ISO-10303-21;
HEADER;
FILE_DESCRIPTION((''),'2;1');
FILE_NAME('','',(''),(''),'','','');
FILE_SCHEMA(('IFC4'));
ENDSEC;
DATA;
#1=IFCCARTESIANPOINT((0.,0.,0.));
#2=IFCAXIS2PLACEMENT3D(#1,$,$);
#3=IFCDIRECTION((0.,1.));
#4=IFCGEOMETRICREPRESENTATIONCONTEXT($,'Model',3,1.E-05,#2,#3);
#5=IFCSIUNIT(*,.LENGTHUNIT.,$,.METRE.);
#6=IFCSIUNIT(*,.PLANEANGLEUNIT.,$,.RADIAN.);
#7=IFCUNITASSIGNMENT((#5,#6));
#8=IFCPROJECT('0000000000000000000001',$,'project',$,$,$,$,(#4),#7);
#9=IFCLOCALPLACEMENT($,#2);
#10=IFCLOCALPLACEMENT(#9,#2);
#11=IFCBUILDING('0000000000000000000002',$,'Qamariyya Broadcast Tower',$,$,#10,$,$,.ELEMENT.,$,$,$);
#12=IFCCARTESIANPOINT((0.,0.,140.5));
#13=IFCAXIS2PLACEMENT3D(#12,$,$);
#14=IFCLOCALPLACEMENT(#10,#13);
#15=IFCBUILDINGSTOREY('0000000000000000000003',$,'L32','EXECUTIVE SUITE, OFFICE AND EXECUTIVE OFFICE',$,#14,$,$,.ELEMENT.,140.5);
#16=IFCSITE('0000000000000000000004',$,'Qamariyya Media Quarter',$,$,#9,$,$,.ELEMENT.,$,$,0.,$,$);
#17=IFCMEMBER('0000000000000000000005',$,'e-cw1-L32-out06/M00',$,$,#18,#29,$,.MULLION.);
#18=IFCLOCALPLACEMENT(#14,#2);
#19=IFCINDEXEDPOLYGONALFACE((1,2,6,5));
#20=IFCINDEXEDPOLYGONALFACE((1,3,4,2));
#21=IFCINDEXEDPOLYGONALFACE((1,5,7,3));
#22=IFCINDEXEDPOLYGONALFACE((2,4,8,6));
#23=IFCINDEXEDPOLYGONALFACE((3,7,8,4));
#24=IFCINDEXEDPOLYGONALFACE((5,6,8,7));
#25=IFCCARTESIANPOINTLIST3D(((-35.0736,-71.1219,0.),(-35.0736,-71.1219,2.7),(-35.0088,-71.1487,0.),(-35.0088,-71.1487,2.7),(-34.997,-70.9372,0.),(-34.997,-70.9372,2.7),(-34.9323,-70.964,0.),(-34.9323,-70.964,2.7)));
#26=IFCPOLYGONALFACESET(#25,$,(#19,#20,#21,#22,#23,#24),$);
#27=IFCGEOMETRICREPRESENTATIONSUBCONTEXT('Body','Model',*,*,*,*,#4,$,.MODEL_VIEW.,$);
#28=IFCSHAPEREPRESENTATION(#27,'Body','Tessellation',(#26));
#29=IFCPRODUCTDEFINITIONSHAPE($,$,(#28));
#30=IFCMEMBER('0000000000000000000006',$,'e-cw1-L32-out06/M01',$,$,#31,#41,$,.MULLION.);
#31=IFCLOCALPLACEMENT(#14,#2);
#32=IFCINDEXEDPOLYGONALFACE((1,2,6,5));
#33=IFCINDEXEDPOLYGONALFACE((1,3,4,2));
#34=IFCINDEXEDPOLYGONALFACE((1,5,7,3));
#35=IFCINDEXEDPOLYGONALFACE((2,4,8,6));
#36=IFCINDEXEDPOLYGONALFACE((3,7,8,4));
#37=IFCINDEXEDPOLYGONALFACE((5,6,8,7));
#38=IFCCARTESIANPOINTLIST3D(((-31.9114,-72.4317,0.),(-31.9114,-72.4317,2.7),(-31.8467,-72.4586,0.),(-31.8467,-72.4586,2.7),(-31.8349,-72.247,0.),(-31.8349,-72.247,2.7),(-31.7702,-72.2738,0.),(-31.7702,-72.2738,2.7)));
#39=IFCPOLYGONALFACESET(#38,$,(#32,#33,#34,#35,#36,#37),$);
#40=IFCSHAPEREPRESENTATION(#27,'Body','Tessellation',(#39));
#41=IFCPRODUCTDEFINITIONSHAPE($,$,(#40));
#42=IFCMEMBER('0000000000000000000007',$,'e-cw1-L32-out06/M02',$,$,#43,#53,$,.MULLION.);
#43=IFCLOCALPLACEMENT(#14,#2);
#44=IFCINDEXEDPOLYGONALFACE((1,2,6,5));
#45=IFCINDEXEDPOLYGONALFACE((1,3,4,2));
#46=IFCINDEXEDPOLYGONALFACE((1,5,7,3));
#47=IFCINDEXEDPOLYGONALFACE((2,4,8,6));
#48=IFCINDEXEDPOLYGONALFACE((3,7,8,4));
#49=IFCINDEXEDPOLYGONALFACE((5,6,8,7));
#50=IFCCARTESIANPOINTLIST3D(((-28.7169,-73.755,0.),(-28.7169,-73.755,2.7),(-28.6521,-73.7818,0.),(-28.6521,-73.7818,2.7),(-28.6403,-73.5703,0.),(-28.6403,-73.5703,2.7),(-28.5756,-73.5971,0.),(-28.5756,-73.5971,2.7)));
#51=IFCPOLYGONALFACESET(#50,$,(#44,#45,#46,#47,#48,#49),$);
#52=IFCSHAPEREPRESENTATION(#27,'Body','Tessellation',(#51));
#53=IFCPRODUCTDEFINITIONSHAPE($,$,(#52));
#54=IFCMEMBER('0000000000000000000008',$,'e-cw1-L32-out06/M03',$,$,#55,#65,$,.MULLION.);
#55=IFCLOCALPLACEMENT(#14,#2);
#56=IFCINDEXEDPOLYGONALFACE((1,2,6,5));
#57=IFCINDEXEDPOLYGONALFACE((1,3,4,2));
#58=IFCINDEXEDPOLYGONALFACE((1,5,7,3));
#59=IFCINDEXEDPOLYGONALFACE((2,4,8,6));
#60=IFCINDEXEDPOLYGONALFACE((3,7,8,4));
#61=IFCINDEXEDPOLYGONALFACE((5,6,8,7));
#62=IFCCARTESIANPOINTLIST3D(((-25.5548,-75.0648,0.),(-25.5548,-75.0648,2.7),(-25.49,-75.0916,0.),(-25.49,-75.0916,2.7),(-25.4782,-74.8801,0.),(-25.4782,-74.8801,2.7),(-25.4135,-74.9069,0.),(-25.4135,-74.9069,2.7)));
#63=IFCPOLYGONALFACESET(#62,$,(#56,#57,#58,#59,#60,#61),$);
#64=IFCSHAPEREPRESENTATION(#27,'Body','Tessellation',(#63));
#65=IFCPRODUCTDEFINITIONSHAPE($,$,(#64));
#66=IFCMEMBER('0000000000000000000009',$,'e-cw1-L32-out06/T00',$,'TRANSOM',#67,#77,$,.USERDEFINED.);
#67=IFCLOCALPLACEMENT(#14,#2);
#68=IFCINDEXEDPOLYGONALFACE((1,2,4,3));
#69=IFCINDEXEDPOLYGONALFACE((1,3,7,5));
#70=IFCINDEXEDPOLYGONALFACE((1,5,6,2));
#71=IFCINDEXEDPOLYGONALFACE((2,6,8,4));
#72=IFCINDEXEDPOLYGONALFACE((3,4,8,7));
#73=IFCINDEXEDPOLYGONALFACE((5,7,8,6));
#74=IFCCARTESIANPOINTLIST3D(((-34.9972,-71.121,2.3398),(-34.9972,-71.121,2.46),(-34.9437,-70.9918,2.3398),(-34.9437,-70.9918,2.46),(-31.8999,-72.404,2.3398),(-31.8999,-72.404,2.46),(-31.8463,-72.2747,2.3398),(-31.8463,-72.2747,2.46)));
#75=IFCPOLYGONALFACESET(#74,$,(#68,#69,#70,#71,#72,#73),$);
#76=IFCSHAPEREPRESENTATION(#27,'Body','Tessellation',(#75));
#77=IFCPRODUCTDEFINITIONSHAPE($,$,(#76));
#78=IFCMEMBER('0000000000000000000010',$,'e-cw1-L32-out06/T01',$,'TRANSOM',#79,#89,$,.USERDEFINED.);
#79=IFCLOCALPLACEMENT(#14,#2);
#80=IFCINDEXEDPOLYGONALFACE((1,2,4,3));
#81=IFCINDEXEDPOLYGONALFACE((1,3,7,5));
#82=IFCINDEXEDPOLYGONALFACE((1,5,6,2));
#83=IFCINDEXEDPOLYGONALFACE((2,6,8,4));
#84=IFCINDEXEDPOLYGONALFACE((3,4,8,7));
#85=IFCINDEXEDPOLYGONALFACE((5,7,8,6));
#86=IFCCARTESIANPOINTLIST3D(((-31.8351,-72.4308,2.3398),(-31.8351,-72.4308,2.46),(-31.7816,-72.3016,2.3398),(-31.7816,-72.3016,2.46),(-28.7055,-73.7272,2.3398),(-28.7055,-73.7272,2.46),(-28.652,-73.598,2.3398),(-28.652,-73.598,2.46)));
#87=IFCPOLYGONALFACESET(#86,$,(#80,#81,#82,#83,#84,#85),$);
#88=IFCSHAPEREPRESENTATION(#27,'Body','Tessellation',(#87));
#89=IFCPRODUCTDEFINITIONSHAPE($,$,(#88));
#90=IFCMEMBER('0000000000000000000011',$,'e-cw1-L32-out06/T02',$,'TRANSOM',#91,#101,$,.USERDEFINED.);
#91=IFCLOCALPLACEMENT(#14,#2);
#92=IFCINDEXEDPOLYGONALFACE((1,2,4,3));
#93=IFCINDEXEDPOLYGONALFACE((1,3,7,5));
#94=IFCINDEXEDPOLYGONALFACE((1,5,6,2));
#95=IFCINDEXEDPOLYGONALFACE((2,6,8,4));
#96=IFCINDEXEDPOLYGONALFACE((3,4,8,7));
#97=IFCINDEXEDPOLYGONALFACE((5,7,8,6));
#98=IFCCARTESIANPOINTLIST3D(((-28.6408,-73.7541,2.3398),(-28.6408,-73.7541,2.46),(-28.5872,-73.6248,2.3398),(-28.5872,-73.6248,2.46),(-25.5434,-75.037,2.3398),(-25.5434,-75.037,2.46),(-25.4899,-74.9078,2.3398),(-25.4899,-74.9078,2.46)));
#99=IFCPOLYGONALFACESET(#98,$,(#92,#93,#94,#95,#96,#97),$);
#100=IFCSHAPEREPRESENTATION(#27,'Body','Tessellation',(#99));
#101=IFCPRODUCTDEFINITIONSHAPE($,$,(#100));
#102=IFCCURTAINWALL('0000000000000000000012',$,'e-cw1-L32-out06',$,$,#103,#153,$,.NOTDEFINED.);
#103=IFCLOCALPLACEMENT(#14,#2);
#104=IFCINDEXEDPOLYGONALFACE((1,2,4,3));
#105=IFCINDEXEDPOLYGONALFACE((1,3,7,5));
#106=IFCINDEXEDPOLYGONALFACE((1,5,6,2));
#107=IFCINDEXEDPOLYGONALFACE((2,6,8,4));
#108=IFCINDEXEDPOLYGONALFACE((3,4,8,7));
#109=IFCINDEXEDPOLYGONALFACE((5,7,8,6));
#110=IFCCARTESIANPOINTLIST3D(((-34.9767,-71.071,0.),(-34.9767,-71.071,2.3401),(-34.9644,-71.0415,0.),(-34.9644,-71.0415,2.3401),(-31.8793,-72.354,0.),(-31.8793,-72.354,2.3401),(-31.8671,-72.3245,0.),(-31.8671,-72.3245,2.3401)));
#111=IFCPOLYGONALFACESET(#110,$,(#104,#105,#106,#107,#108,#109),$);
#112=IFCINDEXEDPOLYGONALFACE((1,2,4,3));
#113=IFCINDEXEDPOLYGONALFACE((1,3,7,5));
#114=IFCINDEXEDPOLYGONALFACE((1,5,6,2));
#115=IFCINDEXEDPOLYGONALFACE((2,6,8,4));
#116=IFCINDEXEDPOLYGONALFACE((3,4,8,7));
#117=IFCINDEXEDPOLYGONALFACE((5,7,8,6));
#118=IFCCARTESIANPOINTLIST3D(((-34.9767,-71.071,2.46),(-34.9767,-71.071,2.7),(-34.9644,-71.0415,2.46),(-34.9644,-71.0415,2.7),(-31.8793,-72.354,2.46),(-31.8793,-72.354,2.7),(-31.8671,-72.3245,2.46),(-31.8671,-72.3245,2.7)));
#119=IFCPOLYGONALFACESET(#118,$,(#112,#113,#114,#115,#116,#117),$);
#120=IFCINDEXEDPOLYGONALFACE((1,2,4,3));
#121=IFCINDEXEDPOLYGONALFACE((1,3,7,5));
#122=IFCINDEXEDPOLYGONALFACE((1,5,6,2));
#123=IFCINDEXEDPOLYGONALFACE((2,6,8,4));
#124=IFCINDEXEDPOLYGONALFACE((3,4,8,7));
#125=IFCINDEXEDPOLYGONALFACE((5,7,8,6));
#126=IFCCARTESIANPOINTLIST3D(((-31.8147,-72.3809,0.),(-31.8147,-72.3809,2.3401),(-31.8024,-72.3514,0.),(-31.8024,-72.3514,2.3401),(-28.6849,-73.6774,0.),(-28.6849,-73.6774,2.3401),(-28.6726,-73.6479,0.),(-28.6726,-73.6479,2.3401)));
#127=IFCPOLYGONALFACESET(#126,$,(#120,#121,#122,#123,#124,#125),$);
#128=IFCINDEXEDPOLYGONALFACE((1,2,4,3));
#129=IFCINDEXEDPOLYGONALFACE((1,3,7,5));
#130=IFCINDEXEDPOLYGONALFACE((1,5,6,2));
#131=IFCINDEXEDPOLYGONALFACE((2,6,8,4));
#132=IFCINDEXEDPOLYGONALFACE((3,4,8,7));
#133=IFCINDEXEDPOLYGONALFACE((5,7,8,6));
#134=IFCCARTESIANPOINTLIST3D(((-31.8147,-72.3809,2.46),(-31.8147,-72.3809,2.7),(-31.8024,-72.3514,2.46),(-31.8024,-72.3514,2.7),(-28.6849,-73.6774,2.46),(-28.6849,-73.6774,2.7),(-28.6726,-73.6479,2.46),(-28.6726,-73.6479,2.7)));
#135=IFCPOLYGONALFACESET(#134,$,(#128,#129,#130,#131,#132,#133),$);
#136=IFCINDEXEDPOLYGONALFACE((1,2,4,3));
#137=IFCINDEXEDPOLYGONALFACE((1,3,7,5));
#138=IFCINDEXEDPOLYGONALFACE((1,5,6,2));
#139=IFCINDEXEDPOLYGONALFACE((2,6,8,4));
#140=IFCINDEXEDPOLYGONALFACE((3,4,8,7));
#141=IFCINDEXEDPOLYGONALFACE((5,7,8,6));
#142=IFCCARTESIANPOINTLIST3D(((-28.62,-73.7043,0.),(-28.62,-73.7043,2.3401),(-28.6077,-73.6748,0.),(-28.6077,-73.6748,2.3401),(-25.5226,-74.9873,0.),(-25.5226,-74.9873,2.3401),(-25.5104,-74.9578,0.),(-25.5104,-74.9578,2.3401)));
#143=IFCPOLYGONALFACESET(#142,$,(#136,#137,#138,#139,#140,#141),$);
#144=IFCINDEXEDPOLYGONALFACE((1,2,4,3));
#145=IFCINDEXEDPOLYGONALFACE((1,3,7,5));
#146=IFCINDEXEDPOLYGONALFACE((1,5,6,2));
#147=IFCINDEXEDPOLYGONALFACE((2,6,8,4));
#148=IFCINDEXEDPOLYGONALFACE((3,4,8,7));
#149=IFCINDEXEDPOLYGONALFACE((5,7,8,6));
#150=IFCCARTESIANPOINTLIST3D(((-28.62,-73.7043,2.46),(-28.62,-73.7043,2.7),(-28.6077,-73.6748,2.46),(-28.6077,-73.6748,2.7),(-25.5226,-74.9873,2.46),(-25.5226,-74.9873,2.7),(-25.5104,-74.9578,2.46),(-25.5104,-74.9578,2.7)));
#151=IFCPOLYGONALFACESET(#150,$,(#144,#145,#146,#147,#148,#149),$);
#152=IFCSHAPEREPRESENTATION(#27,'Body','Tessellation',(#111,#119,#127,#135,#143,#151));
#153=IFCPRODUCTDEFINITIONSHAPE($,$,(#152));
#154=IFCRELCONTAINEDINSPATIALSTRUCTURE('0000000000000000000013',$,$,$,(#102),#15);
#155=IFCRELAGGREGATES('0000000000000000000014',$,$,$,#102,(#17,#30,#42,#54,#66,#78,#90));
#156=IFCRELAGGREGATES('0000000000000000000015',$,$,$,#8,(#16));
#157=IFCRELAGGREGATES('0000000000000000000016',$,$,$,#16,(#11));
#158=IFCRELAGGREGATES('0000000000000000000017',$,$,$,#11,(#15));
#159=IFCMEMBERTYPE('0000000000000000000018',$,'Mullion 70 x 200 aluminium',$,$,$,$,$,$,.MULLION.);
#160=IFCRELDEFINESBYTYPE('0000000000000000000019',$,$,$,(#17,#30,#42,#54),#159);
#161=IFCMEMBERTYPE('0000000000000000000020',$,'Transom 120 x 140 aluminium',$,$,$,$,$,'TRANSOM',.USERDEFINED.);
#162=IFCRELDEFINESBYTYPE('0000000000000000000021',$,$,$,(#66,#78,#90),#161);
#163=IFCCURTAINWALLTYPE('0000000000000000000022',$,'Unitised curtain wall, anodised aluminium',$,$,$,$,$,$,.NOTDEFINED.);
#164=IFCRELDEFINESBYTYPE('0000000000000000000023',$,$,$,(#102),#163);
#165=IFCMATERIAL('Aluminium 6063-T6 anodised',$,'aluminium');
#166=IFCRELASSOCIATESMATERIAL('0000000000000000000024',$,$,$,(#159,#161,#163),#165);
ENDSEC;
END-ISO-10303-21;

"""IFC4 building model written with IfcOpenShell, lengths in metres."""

from ifc_helpers import new_model, si_unit, direction, frame, origin, origin_2d, place, context, subcontext, project, spatial, rectangle, extrude, material, material_profile, profile_set, type_object, element, aggregate, save


model = new_model("IFC4")

# Units and contexts
model_context = context("Model", 3, precision=1e-05, world=origin(), true_north=direction((0.0, 1.0)))
body_context = subcontext(model_context, "Body", "Model", "MODEL_VIEW")
ifc_project = project(units=[si_unit("LENGTHUNIT", "METRE"), si_unit("PLANEANGLEUNIT", "RADIAN")], contexts=[model_context])

# Members
ifc_material = material(Name="Aluminium 6063-T6 anodised", Category="aluminium")
ifc_material_profile_1 = material_profile(ifc_material, rectangle(XDim=0.2, YDim=0.0701, at=origin_2d()))
ifc_profile_set_1 = profile_set([ifc_material_profile_1], Name="Aluminium 6063-T6 anodised")
member_type_1 = type_object("IfcMemberType", Name="Mullion 70 x 200 aluminium", PredefinedType="MULLION", material=ifc_profile_set_1)
site_placement = place(None, origin())
building_placement = place(site_placement, origin())
storey_placement = place(building_placement, frame((0.0, 0.0, 140.5)))
member_1_placement = place(storey_placement, frame((-35.0029, -71.043, 0.0), z_axis=(0.0, 0.0, 1.0), x_axis=(0.382683, 0.92388, 0.0)))
member_1 = element("IfcMember", 1, at=member_1_placement, type_object=member_type_1, Name="e-cw1-L32-out06/M00", PredefinedType="MULLION", context=body_context, shape_type="SweptSolid", body=[
    extrude(rectangle(XDim=0.2, YDim=0.0701, at=origin_2d()), origin(), (0.0, 0.0, 1.0), 2.7),
])
member_2_placement = place(storey_placement, frame((-31.8408, -72.3528, 0.0), z_axis=(0.0, 0.0, 1.0), x_axis=(0.382683, 0.92388, 0.0)))
member_2 = element("IfcMember", 2, at=member_2_placement, type_object=member_type_1, Name="e-cw1-L32-out06/M01", PredefinedType="MULLION", context=body_context, shape_type="SweptSolid", body=[
    extrude(rectangle(XDim=0.2, YDim=0.0701, at=origin_2d()), origin(), (0.0, 0.0, 1.0), 2.7),
])
member_3_placement = place(storey_placement, frame((-28.6462, -73.676, 0.0), z_axis=(0.0, 0.0, 1.0), x_axis=(0.382683, 0.92388, 0.0)))
member_3 = element("IfcMember", 3, at=member_3_placement, type_object=member_type_1, Name="e-cw1-L32-out06/M02", PredefinedType="MULLION", context=body_context, shape_type="SweptSolid", body=[
    extrude(rectangle(XDim=0.2, YDim=0.0701, at=origin_2d()), origin(), (0.0, 0.0, 1.0), 2.7),
])
member_4_placement = place(storey_placement, frame((-25.4841, -74.9858, 0.0), z_axis=(0.0, 0.0, 1.0), x_axis=(0.382683, 0.92388, 0.0)))
member_4 = element("IfcMember", 4, at=member_4_placement, type_object=member_type_1, Name="e-cw1-L32-out06/M03", PredefinedType="MULLION", context=body_context, shape_type="SweptSolid", body=[
    extrude(rectangle(XDim=0.2, YDim=0.0701, at=origin_2d()), origin(), (0.0, 0.0, 1.0), 2.7),
])
ifc_material_profile_2 = material_profile(ifc_material, rectangle(XDim=0.1399, YDim=0.1201, at=origin_2d()))
ifc_profile_set_2 = profile_set([ifc_material_profile_2], Name="Aluminium 6063-T6 anodised")
member_type_2 = type_object("IfcMemberType", Name="Transom 120 x 140 aluminium", ElementType="TRANSOM", PredefinedType="USERDEFINED", material=ifc_profile_set_2)
member_5_placement = place(storey_placement, frame((-34.9705, -71.0564, 2.3999), z_axis=(0.923883, -0.382676, 0.0), x_axis=(0.382676, 0.923883, 0.0)))
member_5 = element("IfcMember", 5, at=member_5_placement, type_object=member_type_2, Name="e-cw1-L32-out06/T00", ObjectType="TRANSOM", PredefinedType="USERDEFINED", context=body_context, shape_type="SweptSolid", body=[
    extrude(rectangle(XDim=0.1399, YDim=0.1201, at=origin_2d()), origin(), (0.0, 0.0, 1.0), 3.3525),
])
member_6_placement = place(storey_placement, frame((-31.8083, -72.3662, 2.3999), z_axis=(0.923875, -0.382696, 0.0), x_axis=(0.382696, 0.923875, 0.0)))
member_6 = element("IfcMember", 6, at=member_6_placement, type_object=member_type_2, Name="e-cw1-L32-out06/T01", ObjectType="TRANSOM", PredefinedType="USERDEFINED", context=body_context, shape_type="SweptSolid", body=[
    extrude(rectangle(XDim=0.1399, YDim=0.1201, at=origin_2d()), origin(), (0.0, 0.0, 1.0), 3.3875),
])
member_7_placement = place(storey_placement, frame((-28.614, -73.6895, 2.3999), z_axis=(0.923883, -0.382676, 0.0), x_axis=(0.382676, 0.923883, 0.0)))
member_7 = element("IfcMember", 7, at=member_7_placement, type_object=member_type_2, Name="e-cw1-L32-out06/T02", ObjectType="TRANSOM", PredefinedType="USERDEFINED", context=body_context, shape_type="SweptSolid", body=[
    extrude(rectangle(XDim=0.1399, YDim=0.1201, at=origin_2d()), origin(), (0.0, 0.0, 1.0), 3.3525),
])

# Site, building, storey
site = spatial("IfcSite", under=ifc_project, at=site_placement, Name="Qamariyya Media Quarter", CompositionType="ELEMENT", RefElevation=0.0)
building = spatial("IfcBuilding", under=site, at=building_placement, Name="Qamariyya Broadcast Tower", CompositionType="ELEMENT")
storey = spatial("IfcBuildingStorey", under=building, at=storey_placement, Name="L32", Description="EXECUTIVE SUITE, OFFICE AND EXECUTIVE OFFICE", CompositionType="ELEMENT", Elevation=140.5)

# Curtain wall
curtain_wall_type = type_object("IfcCurtainWallType", Name="Unitised curtain wall, anodised aluminium", PredefinedType="NOTDEFINED", material=ifc_material)
curtain_wall_1_placement = place(storey_placement, origin())
curtain_wall_1 = element("IfcCurtainWall", 8, at=curtain_wall_1_placement, inside=storey, type_object=curtain_wall_type, Name="e-cw1-L32-out06", PredefinedType="NOTDEFINED", context=body_context, shape_type="SweptSolid", body=[
    extrude(rectangle(XDim=3.3525, YDim=0.032, at=origin_2d()), frame((-33.4219, -71.6978, 0.0), x_axis=(0.923872, -0.382701, 0.0)), (0.0, 0.0, 1.0), 2.3401),
    extrude(rectangle(XDim=3.3525, YDim=0.032, at=origin_2d()), frame((-33.4219, -71.6978, 2.46), x_axis=(0.923872, -0.382701, 0.0)), (0.0, 0.0, 1.0), 0.24),
    extrude(rectangle(XDim=3.3877, YDim=0.032, at=origin_2d()), frame((-30.2437, -73.0144, 0.0), x_axis=(0.923872, -0.382701, 0.0)), (0.0, 0.0, 1.0), 2.3401),
    extrude(rectangle(XDim=3.3877, YDim=0.032, at=origin_2d()), frame((-30.2437, -73.0144, 2.46), x_axis=(0.923872, -0.382701, 0.0)), (0.0, 0.0, 1.0), 0.24),
    extrude(rectangle(XDim=3.3525, YDim=0.032, at=origin_2d()), frame((-27.0652, -74.3311, 0.0), x_axis=(0.923872, -0.382701, 0.0)), (0.0, 0.0, 1.0), 2.3401),
    extrude(rectangle(XDim=3.3525, YDim=0.032, at=origin_2d()), frame((-27.0652, -74.3311, 2.46), x_axis=(0.923872, -0.382701, 0.0)), (0.0, 0.0, 1.0), 0.24),
])
aggregate(curtain_wall_1, [member_1, member_2, member_3, member_4, member_5, member_6, member_7])

save(model, "model.ifc")
